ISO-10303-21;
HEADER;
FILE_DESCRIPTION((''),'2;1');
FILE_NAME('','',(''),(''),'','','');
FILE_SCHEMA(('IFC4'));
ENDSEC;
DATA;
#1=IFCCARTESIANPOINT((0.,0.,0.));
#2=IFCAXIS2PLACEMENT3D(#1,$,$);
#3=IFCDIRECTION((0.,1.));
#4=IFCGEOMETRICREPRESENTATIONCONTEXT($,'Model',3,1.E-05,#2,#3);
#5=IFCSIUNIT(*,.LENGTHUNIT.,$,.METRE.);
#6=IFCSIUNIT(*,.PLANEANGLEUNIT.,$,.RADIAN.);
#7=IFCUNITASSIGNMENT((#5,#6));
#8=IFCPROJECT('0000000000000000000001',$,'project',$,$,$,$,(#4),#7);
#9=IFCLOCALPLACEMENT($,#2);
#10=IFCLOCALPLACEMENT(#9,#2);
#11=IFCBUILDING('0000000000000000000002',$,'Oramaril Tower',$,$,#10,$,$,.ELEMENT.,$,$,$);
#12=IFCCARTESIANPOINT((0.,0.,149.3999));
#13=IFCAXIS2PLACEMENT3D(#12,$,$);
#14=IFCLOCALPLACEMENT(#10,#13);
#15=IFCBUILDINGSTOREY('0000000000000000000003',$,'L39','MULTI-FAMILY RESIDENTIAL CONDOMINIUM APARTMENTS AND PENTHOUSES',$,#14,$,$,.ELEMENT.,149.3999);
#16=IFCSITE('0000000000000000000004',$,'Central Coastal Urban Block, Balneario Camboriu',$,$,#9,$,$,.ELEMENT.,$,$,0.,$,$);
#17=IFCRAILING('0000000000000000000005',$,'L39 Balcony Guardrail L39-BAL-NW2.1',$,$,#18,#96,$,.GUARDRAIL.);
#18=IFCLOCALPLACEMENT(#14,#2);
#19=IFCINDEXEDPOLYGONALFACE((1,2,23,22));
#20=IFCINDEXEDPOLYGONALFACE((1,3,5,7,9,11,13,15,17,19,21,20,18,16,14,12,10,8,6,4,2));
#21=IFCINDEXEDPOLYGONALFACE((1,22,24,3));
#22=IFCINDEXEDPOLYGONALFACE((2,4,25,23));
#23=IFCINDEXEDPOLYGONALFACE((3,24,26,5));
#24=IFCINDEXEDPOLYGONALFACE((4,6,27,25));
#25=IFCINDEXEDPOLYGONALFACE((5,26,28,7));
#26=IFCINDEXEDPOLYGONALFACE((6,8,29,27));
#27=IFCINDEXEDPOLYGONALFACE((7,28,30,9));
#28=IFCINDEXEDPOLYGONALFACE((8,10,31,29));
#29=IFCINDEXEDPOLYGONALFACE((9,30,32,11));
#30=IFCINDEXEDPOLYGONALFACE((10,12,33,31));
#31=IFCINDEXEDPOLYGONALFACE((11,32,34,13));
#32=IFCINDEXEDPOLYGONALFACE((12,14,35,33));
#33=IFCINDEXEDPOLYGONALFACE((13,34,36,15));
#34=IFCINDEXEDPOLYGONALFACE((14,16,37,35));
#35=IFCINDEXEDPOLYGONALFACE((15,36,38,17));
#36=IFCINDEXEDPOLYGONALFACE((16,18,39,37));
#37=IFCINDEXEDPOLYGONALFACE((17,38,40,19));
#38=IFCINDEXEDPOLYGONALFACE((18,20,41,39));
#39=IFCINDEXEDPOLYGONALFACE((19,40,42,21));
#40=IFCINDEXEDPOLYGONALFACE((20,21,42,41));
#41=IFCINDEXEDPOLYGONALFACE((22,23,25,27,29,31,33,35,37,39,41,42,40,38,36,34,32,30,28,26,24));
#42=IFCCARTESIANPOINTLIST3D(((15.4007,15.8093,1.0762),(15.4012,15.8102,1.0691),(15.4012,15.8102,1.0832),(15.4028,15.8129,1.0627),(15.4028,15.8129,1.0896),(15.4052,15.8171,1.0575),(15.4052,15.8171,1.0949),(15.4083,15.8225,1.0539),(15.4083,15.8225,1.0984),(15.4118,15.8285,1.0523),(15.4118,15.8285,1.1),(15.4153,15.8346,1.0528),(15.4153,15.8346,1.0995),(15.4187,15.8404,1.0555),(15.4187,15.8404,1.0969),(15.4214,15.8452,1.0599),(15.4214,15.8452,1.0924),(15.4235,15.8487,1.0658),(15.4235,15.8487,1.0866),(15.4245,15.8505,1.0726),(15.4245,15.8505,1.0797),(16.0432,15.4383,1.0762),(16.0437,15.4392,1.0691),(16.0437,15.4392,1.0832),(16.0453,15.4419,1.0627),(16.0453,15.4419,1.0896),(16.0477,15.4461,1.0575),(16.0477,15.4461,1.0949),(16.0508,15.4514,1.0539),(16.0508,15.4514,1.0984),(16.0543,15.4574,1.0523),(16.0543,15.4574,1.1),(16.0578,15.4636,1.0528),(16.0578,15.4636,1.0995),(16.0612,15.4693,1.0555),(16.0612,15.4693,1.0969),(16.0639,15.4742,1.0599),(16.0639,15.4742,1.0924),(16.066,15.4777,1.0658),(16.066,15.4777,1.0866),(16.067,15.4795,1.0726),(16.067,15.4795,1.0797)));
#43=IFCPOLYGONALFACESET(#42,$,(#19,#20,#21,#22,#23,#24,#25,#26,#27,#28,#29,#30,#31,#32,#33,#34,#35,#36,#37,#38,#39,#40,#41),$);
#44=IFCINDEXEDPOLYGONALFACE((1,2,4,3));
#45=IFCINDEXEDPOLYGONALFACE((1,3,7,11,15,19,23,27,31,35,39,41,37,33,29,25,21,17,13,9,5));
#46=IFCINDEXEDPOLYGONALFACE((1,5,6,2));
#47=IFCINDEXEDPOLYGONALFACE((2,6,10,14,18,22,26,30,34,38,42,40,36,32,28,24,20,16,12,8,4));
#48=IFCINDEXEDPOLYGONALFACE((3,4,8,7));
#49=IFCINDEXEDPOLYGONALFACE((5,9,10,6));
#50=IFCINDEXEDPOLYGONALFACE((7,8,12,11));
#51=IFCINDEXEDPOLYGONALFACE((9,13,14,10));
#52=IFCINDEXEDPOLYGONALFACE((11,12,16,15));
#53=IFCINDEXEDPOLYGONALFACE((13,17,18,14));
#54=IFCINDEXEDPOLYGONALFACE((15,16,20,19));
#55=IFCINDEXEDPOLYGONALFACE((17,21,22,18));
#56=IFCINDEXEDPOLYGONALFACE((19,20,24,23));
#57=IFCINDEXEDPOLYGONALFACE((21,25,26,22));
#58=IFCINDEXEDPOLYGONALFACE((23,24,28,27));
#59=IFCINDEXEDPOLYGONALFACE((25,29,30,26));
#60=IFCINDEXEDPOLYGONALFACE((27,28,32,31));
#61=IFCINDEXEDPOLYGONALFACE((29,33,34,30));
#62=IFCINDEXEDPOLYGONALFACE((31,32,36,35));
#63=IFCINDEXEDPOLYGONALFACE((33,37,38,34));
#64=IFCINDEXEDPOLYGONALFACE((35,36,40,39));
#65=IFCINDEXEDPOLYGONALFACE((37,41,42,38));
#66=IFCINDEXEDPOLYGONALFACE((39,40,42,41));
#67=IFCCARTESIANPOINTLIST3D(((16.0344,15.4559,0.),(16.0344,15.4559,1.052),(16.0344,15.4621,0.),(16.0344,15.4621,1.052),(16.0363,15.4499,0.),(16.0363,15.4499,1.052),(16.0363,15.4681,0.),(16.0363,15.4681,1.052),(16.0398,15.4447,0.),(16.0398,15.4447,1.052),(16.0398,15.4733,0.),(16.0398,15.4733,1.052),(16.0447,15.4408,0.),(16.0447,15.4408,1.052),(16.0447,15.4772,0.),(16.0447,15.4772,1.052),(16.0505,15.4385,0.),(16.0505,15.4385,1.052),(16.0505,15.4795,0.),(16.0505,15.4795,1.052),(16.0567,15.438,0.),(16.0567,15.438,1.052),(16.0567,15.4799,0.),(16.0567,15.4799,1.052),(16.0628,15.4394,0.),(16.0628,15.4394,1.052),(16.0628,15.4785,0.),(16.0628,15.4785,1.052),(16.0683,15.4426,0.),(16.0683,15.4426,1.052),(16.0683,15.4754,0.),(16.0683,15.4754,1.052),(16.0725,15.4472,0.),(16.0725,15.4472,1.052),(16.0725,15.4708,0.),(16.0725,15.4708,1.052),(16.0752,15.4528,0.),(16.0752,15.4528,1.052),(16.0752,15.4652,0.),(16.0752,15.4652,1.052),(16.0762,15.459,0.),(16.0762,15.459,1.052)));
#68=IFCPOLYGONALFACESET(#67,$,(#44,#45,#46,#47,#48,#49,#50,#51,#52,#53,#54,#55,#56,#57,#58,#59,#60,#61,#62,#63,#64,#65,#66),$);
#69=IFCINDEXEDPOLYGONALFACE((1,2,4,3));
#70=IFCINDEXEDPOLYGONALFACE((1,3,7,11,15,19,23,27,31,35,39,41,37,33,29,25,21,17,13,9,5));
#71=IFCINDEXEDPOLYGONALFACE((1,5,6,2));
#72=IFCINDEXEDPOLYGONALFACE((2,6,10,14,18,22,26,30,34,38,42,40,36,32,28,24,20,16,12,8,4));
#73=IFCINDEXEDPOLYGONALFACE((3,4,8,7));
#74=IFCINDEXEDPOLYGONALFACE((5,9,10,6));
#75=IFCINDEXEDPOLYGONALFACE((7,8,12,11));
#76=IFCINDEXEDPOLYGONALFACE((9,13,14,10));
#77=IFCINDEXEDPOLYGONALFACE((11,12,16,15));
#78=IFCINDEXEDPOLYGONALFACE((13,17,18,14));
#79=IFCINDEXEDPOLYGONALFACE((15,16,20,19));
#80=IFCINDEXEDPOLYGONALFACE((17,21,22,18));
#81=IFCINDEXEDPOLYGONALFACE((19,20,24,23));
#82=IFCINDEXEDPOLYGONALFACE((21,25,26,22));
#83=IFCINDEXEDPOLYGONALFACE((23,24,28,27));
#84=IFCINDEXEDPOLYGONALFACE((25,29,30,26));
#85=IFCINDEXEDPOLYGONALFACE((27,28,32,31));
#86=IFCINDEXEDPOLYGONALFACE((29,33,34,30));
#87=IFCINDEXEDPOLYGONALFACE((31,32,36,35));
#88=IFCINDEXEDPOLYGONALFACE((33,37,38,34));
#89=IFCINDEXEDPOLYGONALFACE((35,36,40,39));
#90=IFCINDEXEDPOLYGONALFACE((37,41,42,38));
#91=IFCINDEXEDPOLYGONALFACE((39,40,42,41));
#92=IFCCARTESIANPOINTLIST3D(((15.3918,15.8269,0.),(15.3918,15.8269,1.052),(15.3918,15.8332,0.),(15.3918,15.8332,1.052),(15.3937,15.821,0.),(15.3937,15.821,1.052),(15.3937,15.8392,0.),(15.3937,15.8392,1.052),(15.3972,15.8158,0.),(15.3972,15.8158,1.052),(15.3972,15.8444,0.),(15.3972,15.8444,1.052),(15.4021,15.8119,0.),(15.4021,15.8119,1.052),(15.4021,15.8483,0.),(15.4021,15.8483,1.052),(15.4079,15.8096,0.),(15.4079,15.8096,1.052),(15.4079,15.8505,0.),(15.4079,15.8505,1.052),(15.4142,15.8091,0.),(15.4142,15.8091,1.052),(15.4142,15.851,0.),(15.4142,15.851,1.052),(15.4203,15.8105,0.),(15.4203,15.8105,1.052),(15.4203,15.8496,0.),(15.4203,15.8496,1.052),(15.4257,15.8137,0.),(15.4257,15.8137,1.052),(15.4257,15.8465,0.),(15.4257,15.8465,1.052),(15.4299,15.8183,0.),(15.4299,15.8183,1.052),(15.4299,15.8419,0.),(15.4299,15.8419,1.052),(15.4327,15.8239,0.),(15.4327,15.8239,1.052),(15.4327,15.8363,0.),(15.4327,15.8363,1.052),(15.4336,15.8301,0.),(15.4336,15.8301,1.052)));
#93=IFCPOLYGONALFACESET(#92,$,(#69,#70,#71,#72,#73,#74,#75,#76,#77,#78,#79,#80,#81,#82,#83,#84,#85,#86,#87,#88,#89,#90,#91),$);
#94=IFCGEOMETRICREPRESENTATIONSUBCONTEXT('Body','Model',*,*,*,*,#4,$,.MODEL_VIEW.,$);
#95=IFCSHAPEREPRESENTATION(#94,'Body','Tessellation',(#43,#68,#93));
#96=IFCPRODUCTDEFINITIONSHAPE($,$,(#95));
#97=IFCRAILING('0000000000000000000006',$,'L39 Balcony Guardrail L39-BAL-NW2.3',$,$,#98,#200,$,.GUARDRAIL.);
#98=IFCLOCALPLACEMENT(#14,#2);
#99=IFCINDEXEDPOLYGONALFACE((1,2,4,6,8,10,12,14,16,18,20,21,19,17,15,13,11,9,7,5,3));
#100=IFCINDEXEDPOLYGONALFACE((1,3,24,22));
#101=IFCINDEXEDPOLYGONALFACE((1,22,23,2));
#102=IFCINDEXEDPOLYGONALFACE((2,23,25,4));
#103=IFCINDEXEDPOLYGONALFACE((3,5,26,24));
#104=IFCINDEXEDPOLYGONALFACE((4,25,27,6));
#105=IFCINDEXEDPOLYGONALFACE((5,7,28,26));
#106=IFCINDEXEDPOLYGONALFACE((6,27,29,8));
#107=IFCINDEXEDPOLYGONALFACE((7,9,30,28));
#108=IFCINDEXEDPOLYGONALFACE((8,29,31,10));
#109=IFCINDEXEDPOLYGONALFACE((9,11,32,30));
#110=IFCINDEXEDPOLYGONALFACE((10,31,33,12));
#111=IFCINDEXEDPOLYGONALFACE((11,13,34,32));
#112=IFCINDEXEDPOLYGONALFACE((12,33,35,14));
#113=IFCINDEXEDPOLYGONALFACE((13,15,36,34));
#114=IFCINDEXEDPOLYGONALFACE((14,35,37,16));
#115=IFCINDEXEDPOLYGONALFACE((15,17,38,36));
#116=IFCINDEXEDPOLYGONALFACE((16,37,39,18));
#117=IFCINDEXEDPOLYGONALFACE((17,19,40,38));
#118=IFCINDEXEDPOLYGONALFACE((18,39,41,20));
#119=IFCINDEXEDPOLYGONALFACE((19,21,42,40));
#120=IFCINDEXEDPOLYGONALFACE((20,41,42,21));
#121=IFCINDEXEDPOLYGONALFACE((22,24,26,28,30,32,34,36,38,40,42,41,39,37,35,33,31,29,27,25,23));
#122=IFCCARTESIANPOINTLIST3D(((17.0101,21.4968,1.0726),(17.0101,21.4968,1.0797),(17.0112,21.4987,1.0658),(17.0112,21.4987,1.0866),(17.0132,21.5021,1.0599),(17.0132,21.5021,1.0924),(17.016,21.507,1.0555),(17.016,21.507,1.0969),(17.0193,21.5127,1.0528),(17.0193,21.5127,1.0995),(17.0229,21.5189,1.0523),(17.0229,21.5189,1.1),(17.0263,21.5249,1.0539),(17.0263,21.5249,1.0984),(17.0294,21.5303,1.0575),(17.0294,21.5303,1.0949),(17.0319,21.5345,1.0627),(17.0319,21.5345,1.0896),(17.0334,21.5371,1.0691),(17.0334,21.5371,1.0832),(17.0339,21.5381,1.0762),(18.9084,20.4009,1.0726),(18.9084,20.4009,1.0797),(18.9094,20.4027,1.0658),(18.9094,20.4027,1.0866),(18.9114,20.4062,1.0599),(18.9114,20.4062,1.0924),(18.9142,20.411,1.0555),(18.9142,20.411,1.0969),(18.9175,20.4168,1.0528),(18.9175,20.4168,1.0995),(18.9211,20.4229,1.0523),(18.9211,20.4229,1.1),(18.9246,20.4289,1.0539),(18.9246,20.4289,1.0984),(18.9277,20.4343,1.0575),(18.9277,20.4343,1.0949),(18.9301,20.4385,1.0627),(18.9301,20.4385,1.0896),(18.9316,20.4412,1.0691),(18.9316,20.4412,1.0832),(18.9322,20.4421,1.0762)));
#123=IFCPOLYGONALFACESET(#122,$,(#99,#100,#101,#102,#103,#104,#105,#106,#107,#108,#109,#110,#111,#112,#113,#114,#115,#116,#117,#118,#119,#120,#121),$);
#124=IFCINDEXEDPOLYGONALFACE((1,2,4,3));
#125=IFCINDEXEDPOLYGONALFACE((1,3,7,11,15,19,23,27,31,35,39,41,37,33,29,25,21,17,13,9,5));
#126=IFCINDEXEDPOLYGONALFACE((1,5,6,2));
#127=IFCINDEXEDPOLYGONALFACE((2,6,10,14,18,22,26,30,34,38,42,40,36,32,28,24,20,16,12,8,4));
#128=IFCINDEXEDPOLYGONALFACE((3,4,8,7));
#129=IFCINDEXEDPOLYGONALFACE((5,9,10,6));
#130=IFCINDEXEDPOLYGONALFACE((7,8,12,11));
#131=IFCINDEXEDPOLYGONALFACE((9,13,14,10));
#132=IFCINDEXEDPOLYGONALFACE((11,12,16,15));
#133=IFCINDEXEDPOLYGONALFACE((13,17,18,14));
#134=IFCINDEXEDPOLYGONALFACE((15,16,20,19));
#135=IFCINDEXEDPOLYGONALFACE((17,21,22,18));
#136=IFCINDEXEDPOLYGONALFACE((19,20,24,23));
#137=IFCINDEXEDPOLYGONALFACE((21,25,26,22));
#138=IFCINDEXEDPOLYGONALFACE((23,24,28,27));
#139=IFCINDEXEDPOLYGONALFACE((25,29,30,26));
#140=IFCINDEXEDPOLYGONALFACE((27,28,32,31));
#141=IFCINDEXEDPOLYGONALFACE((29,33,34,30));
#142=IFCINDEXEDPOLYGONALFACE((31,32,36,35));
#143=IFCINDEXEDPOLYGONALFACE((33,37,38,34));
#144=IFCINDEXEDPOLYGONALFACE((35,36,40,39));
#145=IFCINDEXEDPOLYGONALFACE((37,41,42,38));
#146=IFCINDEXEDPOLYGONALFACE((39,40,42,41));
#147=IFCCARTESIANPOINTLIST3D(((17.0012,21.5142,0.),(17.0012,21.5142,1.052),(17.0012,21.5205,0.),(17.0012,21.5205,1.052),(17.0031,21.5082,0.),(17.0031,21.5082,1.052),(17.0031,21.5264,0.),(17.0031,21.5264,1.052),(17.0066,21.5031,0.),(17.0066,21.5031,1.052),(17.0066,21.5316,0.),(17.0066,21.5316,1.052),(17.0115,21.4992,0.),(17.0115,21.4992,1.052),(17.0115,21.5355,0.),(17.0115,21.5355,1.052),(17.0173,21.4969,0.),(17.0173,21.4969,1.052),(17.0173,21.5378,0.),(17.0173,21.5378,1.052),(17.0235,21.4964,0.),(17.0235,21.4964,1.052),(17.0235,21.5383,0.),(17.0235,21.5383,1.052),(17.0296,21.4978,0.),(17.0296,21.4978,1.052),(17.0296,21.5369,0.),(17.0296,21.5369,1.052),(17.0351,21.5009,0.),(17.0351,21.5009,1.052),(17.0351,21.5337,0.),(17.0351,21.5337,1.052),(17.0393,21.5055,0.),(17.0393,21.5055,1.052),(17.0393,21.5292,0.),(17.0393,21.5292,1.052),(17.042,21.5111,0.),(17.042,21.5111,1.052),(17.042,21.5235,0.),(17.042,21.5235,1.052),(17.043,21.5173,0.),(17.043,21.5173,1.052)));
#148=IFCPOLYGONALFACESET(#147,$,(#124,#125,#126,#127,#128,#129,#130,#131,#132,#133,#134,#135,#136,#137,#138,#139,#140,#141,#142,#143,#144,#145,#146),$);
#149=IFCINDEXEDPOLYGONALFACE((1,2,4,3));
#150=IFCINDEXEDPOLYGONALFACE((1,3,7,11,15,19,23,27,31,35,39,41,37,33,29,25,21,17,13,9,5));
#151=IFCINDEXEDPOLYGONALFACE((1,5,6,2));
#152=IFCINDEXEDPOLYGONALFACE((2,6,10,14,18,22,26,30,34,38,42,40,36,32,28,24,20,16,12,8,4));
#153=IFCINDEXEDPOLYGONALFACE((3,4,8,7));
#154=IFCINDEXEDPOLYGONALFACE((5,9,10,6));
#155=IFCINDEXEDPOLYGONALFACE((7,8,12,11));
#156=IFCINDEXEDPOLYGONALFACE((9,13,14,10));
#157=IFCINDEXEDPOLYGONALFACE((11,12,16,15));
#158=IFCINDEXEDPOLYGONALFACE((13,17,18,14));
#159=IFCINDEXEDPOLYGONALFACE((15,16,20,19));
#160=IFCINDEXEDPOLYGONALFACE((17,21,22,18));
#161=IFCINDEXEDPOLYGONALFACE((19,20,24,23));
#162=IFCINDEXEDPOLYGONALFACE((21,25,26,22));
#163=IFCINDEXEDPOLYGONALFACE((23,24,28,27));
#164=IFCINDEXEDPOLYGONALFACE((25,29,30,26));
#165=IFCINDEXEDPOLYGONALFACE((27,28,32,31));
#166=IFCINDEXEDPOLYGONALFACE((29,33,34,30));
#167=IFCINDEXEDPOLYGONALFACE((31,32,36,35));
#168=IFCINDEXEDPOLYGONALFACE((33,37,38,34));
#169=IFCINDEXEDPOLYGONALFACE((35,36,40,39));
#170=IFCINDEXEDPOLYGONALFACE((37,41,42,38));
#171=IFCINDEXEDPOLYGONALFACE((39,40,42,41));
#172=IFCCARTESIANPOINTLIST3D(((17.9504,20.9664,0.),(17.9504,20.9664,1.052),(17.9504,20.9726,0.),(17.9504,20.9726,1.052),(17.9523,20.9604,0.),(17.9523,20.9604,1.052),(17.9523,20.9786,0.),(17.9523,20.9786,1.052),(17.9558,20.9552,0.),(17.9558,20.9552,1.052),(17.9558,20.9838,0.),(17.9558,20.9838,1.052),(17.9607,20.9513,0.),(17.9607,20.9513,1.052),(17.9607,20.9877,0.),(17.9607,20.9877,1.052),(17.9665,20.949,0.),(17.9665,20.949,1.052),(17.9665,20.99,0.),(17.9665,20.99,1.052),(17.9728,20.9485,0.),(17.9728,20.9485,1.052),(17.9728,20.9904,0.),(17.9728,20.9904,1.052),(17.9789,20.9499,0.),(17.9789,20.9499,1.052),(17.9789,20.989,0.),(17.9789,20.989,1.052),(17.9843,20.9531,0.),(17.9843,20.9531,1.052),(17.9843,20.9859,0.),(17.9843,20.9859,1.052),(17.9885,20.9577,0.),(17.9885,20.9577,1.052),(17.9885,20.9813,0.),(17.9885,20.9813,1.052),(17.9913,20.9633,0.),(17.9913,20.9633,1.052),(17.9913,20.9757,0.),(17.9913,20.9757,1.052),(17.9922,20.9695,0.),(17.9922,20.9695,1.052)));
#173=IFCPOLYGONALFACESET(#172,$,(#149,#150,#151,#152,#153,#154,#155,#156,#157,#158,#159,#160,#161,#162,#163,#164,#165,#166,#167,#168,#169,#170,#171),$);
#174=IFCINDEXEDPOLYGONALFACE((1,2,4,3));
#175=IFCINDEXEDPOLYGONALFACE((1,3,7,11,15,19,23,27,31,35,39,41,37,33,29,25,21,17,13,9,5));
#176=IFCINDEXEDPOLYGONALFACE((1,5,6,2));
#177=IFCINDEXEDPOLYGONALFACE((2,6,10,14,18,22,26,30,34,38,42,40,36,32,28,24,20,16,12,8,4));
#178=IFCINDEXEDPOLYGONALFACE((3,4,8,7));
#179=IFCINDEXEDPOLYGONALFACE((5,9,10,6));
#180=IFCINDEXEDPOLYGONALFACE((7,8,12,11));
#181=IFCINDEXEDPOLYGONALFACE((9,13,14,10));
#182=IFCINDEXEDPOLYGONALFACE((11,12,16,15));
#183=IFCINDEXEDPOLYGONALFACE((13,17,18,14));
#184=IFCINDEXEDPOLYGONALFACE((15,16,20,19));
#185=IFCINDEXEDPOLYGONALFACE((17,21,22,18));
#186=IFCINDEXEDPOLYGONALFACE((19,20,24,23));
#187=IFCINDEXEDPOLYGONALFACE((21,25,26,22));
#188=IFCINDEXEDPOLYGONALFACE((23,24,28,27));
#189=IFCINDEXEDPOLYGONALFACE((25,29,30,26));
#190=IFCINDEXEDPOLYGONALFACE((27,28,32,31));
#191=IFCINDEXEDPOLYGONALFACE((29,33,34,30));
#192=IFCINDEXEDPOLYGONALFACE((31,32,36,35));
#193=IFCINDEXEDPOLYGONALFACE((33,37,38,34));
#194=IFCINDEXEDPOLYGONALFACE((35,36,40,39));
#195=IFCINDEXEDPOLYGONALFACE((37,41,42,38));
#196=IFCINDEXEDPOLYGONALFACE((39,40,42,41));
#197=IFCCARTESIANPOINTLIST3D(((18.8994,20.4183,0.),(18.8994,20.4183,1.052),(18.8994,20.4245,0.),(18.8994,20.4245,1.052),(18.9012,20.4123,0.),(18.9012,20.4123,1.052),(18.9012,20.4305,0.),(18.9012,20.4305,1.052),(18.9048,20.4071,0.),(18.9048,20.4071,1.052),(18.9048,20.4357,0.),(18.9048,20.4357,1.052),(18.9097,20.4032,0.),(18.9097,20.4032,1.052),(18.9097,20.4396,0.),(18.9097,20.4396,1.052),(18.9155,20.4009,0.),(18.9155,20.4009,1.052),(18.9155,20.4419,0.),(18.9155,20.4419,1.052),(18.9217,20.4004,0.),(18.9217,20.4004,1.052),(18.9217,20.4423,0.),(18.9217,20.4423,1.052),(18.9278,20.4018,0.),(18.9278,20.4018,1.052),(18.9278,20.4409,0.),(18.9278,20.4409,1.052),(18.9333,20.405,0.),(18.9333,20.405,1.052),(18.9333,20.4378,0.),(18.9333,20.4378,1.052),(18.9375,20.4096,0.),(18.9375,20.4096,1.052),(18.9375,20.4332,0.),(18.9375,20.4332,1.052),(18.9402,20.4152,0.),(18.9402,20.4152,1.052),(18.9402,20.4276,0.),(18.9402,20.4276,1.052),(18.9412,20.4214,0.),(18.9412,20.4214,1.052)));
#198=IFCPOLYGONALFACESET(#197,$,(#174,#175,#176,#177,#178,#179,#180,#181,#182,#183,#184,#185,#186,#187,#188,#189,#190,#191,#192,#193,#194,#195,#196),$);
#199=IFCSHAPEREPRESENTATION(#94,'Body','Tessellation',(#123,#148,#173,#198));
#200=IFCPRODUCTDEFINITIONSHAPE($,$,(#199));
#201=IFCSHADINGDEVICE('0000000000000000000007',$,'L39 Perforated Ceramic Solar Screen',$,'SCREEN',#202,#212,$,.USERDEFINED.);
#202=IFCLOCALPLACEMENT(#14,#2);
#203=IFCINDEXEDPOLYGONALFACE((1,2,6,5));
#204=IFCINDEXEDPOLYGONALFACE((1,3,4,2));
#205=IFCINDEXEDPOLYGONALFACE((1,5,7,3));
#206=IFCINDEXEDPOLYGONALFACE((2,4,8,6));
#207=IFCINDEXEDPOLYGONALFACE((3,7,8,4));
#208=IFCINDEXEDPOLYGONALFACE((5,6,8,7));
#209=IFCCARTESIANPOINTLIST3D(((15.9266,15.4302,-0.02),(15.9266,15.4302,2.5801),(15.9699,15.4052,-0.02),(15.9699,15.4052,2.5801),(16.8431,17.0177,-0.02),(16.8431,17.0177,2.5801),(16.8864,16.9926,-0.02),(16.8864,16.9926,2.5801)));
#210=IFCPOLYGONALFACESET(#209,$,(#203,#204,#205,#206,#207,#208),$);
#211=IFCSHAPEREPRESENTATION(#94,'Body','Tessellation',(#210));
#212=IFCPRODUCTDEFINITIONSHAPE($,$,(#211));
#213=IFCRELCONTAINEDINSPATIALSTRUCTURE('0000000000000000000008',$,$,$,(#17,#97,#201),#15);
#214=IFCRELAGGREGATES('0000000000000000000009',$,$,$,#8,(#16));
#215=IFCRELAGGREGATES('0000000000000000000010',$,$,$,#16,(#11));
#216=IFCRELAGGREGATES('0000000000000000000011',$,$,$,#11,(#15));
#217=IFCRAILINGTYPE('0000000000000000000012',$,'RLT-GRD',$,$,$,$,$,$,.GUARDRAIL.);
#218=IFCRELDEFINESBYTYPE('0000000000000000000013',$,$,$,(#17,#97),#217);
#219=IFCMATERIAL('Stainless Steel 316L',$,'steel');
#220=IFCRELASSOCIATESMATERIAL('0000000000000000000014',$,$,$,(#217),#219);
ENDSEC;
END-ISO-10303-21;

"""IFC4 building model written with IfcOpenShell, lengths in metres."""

from ifc_helpers import new_model, si_unit, direction, frame, origin, origin_2d, place, context, subcontext, project, spatial, rectangle, circle, extrude, material, type_object, element, save


model = new_model("IFC4")

# Units and contexts
model_context = context("Model", 3, precision=1e-05, world=origin(), true_north=direction((0.0, 1.0)))
body_context = subcontext(model_context, "Body", "Model", "MODEL_VIEW")
ifc_project = project(units=[si_unit("LENGTHUNIT", "METRE"), si_unit("PLANEANGLEUNIT", "RADIAN")], contexts=[model_context])

# Site, building, storey
site_placement = place(None, origin())
site = spatial("IfcSite", under=ifc_project, at=site_placement, Name="Central Coastal Urban Block, Balneario Camboriu", CompositionType="ELEMENT", RefElevation=0.0)
building_placement = place(site_placement, origin())
building = spatial("IfcBuilding", under=site, at=building_placement, Name="Oramaril Tower", CompositionType="ELEMENT")
storey_placement = place(building_placement, frame((0.0, 0.0, 149.3999)))
storey = spatial("IfcBuildingStorey", under=building, at=storey_placement, Name="L39", Description="MULTI-FAMILY RESIDENTIAL CONDOMINIUM APARTMENTS AND PENTHOUSES", CompositionType="ELEMENT", Elevation=149.3999)

# Railings
ifc_material_1 = material(Name="Stainless Steel 316L", Category="steel")
railing_type = type_object("IfcRailingType", Name="RLT-GRD", PredefinedType="GUARDRAIL", material=ifc_material_1)
railing_1_placement = place(storey_placement, frame((16.0552, 15.459, 0.0)))
element("IfcRailing", 1, at=railing_1_placement, inside=storey, type_object=railing_type, Name="L39 Balcony Guardrail L39-BAL-NW2.1", PredefinedType="GUARDRAIL", context=body_context, shape_type="SweptSolid", body=[
    extrude(circle(Radius=0.0239, at=origin_2d()), frame((0.0, 0.0, 1.0762), z_axis=(-0.865966, 0.500102, 0.0), x_axis=(-0.500102, -0.865966, 0.0)), (0.0, 0.0, 1.0), 0.7419),
    extrude(circle(Radius=0.021, at=origin_2d()), origin(), (0.0, 0.0, 1.0), 1.052),
    extrude(circle(Radius=0.021, at=origin_2d()), frame((-0.6426, 0.3711, 0.0)), (0.0, 0.0, 1.0), 1.052),
])
railing_2_placement = place(storey_placement, frame((17.022, 21.5173, 0.0)))
element("IfcRailing", 2, at=railing_2_placement, inside=storey, type_object=railing_type, Name="L39 Balcony Guardrail L39-BAL-NW2.3", PredefinedType="GUARDRAIL", context=body_context, shape_type="SweptSolid", body=[
    extrude(circle(Radius=0.0239, at=origin_2d()), frame((0.0, 0.0, 1.0762), z_axis=(0.866021, -0.500008, 0.0), x_axis=(0.500008, 0.866021, 0.0)), (0.0, 0.0, 1.0), 2.1919),
    extrude(circle(Radius=0.021, at=origin_2d()), origin(), (0.0, 0.0, 1.0), 1.052),
    extrude(circle(Radius=0.021, at=origin_2d()), frame((0.9492, -0.5479, 0.0)), (0.0, 0.0, 1.0), 1.052),
    extrude(circle(Radius=0.021, at=origin_2d()), frame((1.8982, -1.0959, 0.0)), (0.0, 0.0, 1.0), 1.052),
])

# Shading device
shading_device_placement = place(storey_placement, frame((16.4065, 16.2114, -0.02), z_axis=(0.0, 0.0, 1.0), x_axis=(-0.5, -0.866025, 0.0)))
element("IfcShadingDevice", 3, at=shading_device_placement, inside=storey, Name="L39 Perforated Ceramic Solar Screen", ObjectType="SCREEN", PredefinedType="USERDEFINED", context=body_context, shape_type="SweptSolid", body=[
    extrude(rectangle(XDim=1.833, YDim=0.05, at=origin_2d()), origin(), (0.0, 0.0, 1.0), 2.6001),
])

save(model, "model.ifc")
